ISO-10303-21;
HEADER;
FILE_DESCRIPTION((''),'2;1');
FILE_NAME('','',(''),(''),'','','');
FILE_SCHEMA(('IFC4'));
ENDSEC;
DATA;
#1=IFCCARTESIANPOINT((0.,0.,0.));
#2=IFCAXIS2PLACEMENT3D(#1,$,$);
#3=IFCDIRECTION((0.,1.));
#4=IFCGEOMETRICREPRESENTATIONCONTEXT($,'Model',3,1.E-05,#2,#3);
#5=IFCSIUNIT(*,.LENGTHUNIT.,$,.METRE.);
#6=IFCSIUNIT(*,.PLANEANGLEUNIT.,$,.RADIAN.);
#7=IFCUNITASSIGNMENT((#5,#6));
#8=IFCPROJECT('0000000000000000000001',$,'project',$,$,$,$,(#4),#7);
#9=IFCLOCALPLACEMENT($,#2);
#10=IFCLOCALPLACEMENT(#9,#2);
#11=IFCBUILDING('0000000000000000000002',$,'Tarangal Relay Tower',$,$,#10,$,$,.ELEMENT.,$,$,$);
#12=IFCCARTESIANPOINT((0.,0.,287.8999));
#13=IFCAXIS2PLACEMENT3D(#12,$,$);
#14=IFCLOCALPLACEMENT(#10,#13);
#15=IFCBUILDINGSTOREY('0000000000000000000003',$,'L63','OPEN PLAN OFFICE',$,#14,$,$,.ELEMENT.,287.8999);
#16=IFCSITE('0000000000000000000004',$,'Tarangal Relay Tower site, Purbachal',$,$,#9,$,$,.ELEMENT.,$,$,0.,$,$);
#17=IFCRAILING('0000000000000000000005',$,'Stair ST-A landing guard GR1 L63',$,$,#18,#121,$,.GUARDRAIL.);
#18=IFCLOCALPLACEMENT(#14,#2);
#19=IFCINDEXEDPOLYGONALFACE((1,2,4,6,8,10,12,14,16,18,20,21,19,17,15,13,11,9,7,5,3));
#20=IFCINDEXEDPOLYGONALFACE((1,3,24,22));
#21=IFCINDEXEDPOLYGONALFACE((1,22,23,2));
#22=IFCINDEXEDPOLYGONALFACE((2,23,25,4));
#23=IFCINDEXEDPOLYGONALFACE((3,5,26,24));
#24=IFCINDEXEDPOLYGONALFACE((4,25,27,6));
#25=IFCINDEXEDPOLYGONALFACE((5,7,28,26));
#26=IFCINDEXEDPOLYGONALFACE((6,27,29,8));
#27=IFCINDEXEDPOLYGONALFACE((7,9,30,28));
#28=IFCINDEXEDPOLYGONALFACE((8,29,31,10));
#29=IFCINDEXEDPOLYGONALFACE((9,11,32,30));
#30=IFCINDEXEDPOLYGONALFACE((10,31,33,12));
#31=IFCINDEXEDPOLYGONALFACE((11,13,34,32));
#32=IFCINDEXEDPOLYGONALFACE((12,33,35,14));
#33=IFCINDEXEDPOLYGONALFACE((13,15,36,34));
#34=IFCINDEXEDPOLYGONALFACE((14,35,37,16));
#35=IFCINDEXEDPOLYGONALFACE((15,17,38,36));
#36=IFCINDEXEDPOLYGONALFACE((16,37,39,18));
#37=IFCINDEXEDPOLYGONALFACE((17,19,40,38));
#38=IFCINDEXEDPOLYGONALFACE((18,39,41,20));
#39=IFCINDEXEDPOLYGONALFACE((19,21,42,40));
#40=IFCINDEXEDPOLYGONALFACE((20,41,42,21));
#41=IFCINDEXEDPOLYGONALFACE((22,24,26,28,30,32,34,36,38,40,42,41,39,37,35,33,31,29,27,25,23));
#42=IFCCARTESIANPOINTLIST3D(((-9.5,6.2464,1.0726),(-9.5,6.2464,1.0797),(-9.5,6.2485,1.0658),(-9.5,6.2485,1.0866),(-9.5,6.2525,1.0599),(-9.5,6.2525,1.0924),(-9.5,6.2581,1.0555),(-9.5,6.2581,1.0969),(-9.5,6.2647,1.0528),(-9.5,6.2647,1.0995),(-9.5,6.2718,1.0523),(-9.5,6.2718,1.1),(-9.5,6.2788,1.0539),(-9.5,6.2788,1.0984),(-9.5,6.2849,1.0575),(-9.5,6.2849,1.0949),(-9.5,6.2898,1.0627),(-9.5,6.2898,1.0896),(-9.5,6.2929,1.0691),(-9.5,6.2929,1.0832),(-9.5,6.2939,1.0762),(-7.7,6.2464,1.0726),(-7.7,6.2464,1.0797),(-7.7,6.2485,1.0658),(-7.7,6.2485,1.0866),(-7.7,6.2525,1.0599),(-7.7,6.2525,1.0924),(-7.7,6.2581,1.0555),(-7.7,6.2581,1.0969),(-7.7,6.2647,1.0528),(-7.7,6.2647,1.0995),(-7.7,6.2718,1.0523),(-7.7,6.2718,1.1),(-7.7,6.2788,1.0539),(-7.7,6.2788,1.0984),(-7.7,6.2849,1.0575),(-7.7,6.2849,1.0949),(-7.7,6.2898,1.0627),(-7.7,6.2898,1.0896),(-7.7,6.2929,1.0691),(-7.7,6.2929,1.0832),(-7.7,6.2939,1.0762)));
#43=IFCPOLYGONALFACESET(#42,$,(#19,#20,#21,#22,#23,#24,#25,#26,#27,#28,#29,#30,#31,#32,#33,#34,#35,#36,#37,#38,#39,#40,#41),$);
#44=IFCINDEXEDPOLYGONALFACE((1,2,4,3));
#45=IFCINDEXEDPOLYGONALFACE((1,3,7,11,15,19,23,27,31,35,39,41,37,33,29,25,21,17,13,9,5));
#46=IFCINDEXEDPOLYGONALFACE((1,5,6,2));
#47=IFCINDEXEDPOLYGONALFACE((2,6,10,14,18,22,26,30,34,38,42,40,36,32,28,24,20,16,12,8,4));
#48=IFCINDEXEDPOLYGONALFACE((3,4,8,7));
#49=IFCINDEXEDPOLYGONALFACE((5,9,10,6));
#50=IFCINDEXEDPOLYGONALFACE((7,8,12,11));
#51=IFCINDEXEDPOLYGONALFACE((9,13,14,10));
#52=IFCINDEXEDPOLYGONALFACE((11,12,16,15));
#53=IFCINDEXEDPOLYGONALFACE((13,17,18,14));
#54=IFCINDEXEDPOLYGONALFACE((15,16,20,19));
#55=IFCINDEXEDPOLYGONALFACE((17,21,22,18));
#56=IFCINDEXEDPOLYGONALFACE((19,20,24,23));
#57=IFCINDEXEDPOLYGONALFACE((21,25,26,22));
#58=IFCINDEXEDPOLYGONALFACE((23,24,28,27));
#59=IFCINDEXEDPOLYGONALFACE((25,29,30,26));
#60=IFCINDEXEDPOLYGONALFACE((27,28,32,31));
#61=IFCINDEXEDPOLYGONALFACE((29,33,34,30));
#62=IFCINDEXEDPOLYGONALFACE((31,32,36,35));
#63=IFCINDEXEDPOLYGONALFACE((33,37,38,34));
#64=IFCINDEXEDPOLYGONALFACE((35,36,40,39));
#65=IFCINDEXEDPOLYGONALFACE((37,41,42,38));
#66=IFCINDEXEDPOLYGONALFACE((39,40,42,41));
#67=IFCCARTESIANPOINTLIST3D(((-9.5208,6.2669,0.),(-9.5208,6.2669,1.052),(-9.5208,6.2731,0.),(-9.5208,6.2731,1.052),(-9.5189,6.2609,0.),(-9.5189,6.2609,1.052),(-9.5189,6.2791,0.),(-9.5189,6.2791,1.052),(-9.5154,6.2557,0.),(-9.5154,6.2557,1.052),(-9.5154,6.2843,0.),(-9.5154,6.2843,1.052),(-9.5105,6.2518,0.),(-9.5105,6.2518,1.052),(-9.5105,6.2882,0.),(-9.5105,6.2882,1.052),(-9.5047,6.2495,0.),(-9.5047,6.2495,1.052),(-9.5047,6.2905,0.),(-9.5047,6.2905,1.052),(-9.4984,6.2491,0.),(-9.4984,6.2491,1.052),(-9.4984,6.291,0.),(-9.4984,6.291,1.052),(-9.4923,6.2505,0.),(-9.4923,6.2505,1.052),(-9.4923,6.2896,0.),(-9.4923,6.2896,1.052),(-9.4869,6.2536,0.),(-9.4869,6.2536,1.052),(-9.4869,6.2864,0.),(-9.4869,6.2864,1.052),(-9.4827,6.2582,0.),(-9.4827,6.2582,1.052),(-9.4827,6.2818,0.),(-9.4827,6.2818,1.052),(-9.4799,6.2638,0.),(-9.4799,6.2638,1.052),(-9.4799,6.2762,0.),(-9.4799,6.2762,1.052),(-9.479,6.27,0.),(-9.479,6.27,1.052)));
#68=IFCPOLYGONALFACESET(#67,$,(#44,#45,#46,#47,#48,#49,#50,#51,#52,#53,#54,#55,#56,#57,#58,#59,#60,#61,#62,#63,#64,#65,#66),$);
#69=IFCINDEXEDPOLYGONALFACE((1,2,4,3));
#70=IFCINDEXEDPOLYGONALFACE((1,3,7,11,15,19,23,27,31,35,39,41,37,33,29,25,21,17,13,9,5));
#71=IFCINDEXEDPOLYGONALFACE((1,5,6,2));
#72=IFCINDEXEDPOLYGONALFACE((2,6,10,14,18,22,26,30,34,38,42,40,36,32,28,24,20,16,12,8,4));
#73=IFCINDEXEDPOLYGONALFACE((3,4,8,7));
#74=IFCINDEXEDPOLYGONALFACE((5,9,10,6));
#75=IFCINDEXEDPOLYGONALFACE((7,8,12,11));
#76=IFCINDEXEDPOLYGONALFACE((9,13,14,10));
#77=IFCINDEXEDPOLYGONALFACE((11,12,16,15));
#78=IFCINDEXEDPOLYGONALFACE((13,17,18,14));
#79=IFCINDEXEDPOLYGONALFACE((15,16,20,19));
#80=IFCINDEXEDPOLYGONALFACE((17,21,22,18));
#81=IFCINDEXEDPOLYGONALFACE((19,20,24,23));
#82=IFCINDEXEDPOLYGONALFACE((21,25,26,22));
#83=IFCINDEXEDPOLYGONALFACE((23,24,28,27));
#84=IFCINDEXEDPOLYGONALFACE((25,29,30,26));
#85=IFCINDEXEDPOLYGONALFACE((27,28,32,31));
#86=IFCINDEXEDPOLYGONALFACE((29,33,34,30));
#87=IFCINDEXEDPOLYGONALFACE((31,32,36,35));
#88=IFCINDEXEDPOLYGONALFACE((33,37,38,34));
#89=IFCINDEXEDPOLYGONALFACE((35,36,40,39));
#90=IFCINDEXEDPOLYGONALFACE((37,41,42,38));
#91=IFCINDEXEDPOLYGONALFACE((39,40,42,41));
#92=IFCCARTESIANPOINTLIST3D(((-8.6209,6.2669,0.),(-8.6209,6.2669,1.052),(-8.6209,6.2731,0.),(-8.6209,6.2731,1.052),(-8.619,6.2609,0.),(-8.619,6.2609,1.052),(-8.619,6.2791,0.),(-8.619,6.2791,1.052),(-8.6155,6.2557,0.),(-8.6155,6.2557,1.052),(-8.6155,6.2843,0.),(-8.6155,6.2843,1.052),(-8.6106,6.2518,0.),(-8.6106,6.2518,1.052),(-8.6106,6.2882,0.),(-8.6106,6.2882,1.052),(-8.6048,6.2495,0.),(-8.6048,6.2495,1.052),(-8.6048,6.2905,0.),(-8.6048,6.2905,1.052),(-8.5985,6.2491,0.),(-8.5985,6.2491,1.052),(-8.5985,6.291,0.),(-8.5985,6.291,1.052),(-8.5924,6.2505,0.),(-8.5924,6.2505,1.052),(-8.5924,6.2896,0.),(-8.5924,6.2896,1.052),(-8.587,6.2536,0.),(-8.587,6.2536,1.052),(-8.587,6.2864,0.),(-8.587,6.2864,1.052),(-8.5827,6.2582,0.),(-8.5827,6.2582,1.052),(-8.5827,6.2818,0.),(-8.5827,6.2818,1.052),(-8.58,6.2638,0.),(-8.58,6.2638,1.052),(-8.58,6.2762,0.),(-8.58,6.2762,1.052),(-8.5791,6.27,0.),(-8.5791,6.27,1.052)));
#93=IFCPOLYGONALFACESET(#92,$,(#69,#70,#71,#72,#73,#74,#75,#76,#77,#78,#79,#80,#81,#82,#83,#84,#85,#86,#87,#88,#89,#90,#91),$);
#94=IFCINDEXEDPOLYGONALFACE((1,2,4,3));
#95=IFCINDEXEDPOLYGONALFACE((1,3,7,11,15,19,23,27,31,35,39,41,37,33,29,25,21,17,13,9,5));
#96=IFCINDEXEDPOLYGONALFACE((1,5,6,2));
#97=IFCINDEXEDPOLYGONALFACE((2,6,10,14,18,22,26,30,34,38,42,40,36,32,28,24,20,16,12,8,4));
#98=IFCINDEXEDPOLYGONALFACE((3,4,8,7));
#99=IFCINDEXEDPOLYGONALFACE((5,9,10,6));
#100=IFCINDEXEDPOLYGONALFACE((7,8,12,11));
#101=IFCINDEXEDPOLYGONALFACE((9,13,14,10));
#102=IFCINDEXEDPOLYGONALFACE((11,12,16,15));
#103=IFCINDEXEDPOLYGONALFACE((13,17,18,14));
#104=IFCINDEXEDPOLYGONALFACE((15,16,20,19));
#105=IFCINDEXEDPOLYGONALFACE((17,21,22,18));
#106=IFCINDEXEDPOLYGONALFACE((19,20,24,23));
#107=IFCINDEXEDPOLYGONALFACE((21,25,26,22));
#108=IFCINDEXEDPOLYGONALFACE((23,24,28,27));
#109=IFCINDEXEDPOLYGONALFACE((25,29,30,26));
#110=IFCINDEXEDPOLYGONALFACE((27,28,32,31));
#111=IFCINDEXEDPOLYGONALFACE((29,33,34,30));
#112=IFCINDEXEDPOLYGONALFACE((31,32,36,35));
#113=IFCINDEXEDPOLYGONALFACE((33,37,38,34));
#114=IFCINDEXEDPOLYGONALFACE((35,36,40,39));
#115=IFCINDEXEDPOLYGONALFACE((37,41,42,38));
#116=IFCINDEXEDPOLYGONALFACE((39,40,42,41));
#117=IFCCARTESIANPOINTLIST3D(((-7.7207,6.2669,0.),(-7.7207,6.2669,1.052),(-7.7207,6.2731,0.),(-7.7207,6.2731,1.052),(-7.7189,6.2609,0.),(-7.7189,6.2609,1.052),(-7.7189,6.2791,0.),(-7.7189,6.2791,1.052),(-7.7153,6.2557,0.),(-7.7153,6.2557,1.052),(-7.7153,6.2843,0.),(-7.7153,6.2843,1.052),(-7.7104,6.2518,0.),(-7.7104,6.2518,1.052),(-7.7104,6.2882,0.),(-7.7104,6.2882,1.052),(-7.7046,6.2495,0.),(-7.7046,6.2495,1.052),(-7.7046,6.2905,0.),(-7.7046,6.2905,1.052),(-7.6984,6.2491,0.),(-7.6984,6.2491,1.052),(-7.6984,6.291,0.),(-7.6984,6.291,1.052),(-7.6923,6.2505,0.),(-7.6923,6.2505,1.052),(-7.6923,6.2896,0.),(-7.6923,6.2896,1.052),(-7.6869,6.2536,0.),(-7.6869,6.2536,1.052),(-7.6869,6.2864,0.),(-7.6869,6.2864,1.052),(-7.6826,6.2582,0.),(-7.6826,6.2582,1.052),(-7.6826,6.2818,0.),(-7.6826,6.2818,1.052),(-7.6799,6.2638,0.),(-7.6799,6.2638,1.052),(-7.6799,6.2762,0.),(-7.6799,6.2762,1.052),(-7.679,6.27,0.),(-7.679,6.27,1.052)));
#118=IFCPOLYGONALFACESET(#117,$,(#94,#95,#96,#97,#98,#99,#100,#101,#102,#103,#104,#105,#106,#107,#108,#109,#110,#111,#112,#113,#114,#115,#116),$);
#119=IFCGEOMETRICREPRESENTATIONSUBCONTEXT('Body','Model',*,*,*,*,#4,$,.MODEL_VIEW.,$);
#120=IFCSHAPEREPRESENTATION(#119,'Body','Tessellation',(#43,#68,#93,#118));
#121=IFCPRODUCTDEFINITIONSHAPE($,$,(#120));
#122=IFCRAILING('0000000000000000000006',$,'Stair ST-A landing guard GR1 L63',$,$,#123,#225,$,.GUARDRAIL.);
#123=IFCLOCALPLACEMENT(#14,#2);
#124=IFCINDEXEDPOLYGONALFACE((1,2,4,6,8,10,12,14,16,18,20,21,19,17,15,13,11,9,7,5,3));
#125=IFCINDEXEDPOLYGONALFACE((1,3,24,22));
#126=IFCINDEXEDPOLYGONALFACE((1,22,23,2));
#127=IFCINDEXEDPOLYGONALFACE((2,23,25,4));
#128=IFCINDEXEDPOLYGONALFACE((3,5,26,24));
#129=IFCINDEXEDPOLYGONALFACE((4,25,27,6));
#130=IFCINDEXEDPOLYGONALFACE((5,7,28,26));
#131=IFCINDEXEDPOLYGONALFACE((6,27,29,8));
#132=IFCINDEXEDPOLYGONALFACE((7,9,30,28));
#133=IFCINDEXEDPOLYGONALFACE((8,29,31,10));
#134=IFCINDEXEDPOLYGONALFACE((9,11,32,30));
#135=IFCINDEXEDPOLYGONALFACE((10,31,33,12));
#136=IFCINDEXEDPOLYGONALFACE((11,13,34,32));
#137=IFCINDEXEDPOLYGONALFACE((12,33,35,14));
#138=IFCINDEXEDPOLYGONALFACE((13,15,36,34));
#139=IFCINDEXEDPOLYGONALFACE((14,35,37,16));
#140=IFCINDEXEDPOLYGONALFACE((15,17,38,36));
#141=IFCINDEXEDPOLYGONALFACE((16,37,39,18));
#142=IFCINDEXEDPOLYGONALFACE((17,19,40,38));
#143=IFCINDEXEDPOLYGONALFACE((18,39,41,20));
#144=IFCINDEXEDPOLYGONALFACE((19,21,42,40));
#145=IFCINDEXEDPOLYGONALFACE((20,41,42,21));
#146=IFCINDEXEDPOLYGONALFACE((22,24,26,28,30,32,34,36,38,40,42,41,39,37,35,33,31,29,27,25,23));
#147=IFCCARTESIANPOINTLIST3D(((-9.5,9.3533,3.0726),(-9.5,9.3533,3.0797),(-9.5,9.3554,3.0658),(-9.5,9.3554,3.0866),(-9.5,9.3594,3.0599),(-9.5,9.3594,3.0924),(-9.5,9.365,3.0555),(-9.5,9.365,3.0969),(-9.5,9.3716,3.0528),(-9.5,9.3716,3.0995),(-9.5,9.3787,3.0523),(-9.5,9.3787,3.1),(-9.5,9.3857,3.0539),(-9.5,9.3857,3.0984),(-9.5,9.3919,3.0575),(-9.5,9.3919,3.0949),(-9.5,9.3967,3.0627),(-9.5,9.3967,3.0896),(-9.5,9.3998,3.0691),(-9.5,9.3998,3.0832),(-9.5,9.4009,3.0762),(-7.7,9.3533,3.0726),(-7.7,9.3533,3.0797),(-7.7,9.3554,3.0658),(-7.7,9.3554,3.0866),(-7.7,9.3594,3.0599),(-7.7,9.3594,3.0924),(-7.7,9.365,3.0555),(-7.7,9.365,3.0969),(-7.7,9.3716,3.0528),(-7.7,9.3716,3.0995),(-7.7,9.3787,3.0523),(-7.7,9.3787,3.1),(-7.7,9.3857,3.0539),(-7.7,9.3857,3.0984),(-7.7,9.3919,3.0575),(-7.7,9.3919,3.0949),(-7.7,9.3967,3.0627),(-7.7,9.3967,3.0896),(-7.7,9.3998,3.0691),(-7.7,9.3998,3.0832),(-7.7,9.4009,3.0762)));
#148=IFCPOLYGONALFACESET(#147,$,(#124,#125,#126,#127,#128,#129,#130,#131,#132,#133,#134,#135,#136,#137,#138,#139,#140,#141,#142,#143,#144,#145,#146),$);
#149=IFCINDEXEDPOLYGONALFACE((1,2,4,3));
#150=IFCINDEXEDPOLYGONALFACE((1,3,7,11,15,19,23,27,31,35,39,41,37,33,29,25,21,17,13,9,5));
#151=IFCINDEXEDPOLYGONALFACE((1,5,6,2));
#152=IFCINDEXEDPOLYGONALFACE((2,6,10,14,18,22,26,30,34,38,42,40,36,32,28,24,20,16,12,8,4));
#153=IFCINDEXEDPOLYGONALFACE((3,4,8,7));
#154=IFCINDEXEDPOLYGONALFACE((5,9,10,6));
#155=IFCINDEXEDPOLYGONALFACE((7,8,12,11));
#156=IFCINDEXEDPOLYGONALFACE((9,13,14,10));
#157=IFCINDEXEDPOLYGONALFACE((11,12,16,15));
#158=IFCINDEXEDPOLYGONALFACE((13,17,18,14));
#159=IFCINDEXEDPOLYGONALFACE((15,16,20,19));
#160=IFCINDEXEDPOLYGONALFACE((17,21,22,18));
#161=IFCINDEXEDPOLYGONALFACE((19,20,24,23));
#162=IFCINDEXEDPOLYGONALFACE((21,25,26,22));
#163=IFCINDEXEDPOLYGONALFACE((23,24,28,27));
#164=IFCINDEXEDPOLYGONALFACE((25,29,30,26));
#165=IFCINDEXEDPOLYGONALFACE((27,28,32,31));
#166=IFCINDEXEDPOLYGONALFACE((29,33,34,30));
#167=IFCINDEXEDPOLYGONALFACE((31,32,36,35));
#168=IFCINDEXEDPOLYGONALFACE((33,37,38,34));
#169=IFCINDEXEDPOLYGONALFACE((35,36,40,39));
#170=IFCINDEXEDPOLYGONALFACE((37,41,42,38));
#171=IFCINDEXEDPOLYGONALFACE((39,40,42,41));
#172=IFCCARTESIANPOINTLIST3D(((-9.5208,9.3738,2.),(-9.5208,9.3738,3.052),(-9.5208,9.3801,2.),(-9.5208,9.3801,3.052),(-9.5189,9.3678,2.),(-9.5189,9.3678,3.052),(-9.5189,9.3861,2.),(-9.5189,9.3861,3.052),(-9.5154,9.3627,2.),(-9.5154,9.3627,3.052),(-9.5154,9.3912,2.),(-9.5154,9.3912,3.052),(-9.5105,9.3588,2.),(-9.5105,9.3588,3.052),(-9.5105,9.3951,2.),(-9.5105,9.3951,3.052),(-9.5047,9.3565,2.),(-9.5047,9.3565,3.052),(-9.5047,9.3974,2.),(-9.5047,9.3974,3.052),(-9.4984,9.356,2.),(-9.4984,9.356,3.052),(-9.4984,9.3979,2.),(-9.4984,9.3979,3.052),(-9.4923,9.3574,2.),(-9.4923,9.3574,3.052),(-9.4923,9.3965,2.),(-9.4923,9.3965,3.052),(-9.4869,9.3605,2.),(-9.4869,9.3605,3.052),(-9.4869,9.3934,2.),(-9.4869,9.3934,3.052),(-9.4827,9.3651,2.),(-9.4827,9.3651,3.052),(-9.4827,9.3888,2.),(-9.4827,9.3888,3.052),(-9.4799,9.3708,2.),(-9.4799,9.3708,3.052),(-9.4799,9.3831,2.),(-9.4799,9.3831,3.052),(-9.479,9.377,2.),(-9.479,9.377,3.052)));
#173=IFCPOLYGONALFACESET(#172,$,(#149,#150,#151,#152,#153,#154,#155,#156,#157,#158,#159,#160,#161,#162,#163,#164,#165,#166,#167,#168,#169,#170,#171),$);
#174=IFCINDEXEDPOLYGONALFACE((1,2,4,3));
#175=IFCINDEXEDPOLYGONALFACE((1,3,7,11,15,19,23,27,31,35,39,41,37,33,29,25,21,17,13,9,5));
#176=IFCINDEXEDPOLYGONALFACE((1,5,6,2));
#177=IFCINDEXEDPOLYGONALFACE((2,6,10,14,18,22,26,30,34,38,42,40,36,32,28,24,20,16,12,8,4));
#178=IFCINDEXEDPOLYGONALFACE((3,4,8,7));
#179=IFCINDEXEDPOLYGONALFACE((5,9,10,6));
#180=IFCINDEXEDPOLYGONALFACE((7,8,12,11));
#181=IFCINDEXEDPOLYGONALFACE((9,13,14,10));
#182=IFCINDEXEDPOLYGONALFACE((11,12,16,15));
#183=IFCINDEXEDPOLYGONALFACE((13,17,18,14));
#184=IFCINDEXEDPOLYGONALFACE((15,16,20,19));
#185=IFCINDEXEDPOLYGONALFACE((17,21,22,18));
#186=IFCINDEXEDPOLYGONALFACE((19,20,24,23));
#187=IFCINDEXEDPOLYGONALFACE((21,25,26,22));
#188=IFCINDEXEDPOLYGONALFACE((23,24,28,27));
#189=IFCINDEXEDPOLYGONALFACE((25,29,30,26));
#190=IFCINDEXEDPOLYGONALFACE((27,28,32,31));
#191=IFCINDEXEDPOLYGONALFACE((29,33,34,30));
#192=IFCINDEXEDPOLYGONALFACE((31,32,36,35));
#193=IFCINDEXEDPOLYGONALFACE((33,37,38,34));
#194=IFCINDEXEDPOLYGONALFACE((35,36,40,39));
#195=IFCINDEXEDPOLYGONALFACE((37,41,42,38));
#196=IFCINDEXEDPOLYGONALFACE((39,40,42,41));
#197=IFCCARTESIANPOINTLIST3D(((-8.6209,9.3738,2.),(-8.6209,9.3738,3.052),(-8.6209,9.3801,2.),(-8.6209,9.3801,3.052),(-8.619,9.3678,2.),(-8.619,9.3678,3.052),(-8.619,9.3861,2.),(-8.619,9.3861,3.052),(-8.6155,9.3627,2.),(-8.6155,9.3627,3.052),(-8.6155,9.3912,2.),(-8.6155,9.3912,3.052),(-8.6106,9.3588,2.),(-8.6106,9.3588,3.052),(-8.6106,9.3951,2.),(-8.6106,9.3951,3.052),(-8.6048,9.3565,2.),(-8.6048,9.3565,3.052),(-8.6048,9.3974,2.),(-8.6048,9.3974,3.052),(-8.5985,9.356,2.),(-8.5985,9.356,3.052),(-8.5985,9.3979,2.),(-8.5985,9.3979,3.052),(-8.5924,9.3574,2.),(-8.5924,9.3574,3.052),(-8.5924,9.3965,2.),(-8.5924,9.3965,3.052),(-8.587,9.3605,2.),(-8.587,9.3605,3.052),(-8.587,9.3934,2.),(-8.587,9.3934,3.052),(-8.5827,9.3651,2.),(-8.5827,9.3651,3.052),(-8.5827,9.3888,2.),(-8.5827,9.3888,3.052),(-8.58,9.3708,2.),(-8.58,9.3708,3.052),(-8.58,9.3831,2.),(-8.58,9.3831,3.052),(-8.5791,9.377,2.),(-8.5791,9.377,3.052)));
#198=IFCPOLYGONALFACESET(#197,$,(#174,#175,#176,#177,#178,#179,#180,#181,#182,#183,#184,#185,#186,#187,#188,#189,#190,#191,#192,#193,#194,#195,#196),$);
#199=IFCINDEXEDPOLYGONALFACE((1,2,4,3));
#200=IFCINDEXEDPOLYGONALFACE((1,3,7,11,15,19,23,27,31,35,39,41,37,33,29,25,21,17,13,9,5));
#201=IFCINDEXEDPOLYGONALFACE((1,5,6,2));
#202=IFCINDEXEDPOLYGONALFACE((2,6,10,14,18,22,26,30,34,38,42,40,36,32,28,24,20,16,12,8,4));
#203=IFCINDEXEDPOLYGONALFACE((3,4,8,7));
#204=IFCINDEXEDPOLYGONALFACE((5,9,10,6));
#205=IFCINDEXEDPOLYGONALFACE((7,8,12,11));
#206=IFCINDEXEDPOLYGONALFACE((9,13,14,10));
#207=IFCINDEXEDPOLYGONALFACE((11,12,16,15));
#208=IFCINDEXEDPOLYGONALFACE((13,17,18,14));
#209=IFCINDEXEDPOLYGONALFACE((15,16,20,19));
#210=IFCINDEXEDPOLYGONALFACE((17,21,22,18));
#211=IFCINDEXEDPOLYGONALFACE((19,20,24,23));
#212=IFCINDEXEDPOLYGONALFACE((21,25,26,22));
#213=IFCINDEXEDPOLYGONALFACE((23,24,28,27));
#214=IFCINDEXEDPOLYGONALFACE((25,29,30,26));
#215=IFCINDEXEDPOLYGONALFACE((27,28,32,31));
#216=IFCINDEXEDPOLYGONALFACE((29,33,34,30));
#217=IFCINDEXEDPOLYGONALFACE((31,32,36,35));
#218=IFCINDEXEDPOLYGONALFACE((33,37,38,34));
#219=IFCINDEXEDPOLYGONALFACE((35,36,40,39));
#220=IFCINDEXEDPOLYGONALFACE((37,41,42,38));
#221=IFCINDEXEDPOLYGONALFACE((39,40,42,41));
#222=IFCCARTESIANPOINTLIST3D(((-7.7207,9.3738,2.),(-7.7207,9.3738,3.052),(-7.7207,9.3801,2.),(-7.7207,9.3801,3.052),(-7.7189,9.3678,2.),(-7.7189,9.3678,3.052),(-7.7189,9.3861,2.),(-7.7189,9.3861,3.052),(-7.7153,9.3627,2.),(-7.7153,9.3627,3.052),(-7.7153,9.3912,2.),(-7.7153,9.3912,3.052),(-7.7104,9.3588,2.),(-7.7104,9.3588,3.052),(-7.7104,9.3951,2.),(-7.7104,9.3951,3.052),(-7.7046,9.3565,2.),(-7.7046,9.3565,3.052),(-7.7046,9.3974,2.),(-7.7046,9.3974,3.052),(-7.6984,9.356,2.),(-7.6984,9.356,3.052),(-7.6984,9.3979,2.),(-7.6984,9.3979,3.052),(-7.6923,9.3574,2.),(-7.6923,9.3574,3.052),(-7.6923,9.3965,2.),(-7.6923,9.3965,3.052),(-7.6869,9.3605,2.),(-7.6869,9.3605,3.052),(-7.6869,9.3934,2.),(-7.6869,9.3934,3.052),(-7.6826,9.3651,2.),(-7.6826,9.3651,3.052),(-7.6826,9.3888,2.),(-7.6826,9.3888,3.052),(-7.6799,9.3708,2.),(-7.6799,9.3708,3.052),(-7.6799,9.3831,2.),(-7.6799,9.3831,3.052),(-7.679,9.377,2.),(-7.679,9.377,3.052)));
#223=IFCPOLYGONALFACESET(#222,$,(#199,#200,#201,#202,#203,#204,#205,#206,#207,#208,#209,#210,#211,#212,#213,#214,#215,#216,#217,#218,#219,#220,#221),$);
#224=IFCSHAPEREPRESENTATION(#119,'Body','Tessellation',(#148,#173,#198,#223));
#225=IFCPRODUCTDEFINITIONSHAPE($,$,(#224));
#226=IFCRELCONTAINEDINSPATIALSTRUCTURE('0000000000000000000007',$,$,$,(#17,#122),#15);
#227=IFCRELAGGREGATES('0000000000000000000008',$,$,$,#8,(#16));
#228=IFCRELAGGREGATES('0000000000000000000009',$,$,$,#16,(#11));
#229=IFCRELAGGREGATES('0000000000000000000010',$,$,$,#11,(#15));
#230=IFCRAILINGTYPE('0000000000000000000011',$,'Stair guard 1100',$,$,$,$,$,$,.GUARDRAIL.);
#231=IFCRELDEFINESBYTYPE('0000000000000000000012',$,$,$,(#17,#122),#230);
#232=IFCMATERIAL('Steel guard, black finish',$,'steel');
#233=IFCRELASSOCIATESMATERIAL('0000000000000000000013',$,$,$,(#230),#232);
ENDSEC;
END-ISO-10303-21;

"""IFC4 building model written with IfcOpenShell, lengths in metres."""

from ifc_helpers import new_model, si_unit, direction, frame, origin, origin_2d, place, context, subcontext, project, spatial, circle, extrude, material, type_object, element, save


model = new_model("IFC4")

# Units and contexts
model_context = context("Model", 3, precision=1e-05, world=origin(), true_north=direction((0.0, 1.0)))
body_context = subcontext(model_context, "Body", "Model", "MODEL_VIEW")
ifc_project = project(units=[si_unit("LENGTHUNIT", "METRE"), si_unit("PLANEANGLEUNIT", "RADIAN")], contexts=[model_context])

# Site, building, storey
site_placement = place(None, origin())
site = spatial("IfcSite", under=ifc_project, at=site_placement, Name="Tarangal Relay Tower site, Purbachal", CompositionType="ELEMENT", RefElevation=0.0)
building_placement = place(site_placement, origin())
building = spatial("IfcBuilding", under=site, at=building_placement, Name="Tarangal Relay Tower", CompositionType="ELEMENT")
storey_placement = place(building_placement, frame((0.0, 0.0, 287.8999)))
storey = spatial("IfcBuildingStorey", under=building, at=storey_placement, Name="L63", Description="OPEN PLAN OFFICE", CompositionType="ELEMENT", Elevation=287.8999)

# Railings
ifc_material_1 = material(Name="Steel guard, black finish", Category="steel")
railing_type_1 = type_object("IfcRailingType", Name="Stair guard 1100", PredefinedType="GUARDRAIL", material=ifc_material_1)
for number, where, name in (
    (1, (-9.5, 6.27, 0.0), "Stair ST-A landing guard GR1 L63"),
    (2, (-9.5, 9.377, 2.0), "Stair ST-A landing guard GR1 L63"),
):
    element("IfcRailing", number, at=place(storey_placement, frame(where)), inside=storey, type_object=railing_type_1, Name=name, PredefinedType="GUARDRAIL", context=body_context, shape_type="SweptSolid", body=[
        extrude(circle(Radius=0.0239, at=origin_2d()), frame((0.0, 0.0, 1.0762), z_axis=(1.0, 0.0, 0.0), x_axis=(0.0, 1.0, 0.0)), (0.0, 0.0, 1.0), 1.8),
        extrude(circle(Radius=0.021, at=origin_2d()), origin(), (0.0, 0.0, 1.0), 1.052),
        extrude(circle(Radius=0.021, at=origin_2d()), frame((0.8999, 0.0, 0.0)), (0.0, 0.0, 1.0), 1.052),
        extrude(circle(Radius=0.021, at=origin_2d()), frame((1.8, 0.0, 0.0)), (0.0, 0.0, 1.0), 1.052),
    ])

save(model, "model.ifc")
